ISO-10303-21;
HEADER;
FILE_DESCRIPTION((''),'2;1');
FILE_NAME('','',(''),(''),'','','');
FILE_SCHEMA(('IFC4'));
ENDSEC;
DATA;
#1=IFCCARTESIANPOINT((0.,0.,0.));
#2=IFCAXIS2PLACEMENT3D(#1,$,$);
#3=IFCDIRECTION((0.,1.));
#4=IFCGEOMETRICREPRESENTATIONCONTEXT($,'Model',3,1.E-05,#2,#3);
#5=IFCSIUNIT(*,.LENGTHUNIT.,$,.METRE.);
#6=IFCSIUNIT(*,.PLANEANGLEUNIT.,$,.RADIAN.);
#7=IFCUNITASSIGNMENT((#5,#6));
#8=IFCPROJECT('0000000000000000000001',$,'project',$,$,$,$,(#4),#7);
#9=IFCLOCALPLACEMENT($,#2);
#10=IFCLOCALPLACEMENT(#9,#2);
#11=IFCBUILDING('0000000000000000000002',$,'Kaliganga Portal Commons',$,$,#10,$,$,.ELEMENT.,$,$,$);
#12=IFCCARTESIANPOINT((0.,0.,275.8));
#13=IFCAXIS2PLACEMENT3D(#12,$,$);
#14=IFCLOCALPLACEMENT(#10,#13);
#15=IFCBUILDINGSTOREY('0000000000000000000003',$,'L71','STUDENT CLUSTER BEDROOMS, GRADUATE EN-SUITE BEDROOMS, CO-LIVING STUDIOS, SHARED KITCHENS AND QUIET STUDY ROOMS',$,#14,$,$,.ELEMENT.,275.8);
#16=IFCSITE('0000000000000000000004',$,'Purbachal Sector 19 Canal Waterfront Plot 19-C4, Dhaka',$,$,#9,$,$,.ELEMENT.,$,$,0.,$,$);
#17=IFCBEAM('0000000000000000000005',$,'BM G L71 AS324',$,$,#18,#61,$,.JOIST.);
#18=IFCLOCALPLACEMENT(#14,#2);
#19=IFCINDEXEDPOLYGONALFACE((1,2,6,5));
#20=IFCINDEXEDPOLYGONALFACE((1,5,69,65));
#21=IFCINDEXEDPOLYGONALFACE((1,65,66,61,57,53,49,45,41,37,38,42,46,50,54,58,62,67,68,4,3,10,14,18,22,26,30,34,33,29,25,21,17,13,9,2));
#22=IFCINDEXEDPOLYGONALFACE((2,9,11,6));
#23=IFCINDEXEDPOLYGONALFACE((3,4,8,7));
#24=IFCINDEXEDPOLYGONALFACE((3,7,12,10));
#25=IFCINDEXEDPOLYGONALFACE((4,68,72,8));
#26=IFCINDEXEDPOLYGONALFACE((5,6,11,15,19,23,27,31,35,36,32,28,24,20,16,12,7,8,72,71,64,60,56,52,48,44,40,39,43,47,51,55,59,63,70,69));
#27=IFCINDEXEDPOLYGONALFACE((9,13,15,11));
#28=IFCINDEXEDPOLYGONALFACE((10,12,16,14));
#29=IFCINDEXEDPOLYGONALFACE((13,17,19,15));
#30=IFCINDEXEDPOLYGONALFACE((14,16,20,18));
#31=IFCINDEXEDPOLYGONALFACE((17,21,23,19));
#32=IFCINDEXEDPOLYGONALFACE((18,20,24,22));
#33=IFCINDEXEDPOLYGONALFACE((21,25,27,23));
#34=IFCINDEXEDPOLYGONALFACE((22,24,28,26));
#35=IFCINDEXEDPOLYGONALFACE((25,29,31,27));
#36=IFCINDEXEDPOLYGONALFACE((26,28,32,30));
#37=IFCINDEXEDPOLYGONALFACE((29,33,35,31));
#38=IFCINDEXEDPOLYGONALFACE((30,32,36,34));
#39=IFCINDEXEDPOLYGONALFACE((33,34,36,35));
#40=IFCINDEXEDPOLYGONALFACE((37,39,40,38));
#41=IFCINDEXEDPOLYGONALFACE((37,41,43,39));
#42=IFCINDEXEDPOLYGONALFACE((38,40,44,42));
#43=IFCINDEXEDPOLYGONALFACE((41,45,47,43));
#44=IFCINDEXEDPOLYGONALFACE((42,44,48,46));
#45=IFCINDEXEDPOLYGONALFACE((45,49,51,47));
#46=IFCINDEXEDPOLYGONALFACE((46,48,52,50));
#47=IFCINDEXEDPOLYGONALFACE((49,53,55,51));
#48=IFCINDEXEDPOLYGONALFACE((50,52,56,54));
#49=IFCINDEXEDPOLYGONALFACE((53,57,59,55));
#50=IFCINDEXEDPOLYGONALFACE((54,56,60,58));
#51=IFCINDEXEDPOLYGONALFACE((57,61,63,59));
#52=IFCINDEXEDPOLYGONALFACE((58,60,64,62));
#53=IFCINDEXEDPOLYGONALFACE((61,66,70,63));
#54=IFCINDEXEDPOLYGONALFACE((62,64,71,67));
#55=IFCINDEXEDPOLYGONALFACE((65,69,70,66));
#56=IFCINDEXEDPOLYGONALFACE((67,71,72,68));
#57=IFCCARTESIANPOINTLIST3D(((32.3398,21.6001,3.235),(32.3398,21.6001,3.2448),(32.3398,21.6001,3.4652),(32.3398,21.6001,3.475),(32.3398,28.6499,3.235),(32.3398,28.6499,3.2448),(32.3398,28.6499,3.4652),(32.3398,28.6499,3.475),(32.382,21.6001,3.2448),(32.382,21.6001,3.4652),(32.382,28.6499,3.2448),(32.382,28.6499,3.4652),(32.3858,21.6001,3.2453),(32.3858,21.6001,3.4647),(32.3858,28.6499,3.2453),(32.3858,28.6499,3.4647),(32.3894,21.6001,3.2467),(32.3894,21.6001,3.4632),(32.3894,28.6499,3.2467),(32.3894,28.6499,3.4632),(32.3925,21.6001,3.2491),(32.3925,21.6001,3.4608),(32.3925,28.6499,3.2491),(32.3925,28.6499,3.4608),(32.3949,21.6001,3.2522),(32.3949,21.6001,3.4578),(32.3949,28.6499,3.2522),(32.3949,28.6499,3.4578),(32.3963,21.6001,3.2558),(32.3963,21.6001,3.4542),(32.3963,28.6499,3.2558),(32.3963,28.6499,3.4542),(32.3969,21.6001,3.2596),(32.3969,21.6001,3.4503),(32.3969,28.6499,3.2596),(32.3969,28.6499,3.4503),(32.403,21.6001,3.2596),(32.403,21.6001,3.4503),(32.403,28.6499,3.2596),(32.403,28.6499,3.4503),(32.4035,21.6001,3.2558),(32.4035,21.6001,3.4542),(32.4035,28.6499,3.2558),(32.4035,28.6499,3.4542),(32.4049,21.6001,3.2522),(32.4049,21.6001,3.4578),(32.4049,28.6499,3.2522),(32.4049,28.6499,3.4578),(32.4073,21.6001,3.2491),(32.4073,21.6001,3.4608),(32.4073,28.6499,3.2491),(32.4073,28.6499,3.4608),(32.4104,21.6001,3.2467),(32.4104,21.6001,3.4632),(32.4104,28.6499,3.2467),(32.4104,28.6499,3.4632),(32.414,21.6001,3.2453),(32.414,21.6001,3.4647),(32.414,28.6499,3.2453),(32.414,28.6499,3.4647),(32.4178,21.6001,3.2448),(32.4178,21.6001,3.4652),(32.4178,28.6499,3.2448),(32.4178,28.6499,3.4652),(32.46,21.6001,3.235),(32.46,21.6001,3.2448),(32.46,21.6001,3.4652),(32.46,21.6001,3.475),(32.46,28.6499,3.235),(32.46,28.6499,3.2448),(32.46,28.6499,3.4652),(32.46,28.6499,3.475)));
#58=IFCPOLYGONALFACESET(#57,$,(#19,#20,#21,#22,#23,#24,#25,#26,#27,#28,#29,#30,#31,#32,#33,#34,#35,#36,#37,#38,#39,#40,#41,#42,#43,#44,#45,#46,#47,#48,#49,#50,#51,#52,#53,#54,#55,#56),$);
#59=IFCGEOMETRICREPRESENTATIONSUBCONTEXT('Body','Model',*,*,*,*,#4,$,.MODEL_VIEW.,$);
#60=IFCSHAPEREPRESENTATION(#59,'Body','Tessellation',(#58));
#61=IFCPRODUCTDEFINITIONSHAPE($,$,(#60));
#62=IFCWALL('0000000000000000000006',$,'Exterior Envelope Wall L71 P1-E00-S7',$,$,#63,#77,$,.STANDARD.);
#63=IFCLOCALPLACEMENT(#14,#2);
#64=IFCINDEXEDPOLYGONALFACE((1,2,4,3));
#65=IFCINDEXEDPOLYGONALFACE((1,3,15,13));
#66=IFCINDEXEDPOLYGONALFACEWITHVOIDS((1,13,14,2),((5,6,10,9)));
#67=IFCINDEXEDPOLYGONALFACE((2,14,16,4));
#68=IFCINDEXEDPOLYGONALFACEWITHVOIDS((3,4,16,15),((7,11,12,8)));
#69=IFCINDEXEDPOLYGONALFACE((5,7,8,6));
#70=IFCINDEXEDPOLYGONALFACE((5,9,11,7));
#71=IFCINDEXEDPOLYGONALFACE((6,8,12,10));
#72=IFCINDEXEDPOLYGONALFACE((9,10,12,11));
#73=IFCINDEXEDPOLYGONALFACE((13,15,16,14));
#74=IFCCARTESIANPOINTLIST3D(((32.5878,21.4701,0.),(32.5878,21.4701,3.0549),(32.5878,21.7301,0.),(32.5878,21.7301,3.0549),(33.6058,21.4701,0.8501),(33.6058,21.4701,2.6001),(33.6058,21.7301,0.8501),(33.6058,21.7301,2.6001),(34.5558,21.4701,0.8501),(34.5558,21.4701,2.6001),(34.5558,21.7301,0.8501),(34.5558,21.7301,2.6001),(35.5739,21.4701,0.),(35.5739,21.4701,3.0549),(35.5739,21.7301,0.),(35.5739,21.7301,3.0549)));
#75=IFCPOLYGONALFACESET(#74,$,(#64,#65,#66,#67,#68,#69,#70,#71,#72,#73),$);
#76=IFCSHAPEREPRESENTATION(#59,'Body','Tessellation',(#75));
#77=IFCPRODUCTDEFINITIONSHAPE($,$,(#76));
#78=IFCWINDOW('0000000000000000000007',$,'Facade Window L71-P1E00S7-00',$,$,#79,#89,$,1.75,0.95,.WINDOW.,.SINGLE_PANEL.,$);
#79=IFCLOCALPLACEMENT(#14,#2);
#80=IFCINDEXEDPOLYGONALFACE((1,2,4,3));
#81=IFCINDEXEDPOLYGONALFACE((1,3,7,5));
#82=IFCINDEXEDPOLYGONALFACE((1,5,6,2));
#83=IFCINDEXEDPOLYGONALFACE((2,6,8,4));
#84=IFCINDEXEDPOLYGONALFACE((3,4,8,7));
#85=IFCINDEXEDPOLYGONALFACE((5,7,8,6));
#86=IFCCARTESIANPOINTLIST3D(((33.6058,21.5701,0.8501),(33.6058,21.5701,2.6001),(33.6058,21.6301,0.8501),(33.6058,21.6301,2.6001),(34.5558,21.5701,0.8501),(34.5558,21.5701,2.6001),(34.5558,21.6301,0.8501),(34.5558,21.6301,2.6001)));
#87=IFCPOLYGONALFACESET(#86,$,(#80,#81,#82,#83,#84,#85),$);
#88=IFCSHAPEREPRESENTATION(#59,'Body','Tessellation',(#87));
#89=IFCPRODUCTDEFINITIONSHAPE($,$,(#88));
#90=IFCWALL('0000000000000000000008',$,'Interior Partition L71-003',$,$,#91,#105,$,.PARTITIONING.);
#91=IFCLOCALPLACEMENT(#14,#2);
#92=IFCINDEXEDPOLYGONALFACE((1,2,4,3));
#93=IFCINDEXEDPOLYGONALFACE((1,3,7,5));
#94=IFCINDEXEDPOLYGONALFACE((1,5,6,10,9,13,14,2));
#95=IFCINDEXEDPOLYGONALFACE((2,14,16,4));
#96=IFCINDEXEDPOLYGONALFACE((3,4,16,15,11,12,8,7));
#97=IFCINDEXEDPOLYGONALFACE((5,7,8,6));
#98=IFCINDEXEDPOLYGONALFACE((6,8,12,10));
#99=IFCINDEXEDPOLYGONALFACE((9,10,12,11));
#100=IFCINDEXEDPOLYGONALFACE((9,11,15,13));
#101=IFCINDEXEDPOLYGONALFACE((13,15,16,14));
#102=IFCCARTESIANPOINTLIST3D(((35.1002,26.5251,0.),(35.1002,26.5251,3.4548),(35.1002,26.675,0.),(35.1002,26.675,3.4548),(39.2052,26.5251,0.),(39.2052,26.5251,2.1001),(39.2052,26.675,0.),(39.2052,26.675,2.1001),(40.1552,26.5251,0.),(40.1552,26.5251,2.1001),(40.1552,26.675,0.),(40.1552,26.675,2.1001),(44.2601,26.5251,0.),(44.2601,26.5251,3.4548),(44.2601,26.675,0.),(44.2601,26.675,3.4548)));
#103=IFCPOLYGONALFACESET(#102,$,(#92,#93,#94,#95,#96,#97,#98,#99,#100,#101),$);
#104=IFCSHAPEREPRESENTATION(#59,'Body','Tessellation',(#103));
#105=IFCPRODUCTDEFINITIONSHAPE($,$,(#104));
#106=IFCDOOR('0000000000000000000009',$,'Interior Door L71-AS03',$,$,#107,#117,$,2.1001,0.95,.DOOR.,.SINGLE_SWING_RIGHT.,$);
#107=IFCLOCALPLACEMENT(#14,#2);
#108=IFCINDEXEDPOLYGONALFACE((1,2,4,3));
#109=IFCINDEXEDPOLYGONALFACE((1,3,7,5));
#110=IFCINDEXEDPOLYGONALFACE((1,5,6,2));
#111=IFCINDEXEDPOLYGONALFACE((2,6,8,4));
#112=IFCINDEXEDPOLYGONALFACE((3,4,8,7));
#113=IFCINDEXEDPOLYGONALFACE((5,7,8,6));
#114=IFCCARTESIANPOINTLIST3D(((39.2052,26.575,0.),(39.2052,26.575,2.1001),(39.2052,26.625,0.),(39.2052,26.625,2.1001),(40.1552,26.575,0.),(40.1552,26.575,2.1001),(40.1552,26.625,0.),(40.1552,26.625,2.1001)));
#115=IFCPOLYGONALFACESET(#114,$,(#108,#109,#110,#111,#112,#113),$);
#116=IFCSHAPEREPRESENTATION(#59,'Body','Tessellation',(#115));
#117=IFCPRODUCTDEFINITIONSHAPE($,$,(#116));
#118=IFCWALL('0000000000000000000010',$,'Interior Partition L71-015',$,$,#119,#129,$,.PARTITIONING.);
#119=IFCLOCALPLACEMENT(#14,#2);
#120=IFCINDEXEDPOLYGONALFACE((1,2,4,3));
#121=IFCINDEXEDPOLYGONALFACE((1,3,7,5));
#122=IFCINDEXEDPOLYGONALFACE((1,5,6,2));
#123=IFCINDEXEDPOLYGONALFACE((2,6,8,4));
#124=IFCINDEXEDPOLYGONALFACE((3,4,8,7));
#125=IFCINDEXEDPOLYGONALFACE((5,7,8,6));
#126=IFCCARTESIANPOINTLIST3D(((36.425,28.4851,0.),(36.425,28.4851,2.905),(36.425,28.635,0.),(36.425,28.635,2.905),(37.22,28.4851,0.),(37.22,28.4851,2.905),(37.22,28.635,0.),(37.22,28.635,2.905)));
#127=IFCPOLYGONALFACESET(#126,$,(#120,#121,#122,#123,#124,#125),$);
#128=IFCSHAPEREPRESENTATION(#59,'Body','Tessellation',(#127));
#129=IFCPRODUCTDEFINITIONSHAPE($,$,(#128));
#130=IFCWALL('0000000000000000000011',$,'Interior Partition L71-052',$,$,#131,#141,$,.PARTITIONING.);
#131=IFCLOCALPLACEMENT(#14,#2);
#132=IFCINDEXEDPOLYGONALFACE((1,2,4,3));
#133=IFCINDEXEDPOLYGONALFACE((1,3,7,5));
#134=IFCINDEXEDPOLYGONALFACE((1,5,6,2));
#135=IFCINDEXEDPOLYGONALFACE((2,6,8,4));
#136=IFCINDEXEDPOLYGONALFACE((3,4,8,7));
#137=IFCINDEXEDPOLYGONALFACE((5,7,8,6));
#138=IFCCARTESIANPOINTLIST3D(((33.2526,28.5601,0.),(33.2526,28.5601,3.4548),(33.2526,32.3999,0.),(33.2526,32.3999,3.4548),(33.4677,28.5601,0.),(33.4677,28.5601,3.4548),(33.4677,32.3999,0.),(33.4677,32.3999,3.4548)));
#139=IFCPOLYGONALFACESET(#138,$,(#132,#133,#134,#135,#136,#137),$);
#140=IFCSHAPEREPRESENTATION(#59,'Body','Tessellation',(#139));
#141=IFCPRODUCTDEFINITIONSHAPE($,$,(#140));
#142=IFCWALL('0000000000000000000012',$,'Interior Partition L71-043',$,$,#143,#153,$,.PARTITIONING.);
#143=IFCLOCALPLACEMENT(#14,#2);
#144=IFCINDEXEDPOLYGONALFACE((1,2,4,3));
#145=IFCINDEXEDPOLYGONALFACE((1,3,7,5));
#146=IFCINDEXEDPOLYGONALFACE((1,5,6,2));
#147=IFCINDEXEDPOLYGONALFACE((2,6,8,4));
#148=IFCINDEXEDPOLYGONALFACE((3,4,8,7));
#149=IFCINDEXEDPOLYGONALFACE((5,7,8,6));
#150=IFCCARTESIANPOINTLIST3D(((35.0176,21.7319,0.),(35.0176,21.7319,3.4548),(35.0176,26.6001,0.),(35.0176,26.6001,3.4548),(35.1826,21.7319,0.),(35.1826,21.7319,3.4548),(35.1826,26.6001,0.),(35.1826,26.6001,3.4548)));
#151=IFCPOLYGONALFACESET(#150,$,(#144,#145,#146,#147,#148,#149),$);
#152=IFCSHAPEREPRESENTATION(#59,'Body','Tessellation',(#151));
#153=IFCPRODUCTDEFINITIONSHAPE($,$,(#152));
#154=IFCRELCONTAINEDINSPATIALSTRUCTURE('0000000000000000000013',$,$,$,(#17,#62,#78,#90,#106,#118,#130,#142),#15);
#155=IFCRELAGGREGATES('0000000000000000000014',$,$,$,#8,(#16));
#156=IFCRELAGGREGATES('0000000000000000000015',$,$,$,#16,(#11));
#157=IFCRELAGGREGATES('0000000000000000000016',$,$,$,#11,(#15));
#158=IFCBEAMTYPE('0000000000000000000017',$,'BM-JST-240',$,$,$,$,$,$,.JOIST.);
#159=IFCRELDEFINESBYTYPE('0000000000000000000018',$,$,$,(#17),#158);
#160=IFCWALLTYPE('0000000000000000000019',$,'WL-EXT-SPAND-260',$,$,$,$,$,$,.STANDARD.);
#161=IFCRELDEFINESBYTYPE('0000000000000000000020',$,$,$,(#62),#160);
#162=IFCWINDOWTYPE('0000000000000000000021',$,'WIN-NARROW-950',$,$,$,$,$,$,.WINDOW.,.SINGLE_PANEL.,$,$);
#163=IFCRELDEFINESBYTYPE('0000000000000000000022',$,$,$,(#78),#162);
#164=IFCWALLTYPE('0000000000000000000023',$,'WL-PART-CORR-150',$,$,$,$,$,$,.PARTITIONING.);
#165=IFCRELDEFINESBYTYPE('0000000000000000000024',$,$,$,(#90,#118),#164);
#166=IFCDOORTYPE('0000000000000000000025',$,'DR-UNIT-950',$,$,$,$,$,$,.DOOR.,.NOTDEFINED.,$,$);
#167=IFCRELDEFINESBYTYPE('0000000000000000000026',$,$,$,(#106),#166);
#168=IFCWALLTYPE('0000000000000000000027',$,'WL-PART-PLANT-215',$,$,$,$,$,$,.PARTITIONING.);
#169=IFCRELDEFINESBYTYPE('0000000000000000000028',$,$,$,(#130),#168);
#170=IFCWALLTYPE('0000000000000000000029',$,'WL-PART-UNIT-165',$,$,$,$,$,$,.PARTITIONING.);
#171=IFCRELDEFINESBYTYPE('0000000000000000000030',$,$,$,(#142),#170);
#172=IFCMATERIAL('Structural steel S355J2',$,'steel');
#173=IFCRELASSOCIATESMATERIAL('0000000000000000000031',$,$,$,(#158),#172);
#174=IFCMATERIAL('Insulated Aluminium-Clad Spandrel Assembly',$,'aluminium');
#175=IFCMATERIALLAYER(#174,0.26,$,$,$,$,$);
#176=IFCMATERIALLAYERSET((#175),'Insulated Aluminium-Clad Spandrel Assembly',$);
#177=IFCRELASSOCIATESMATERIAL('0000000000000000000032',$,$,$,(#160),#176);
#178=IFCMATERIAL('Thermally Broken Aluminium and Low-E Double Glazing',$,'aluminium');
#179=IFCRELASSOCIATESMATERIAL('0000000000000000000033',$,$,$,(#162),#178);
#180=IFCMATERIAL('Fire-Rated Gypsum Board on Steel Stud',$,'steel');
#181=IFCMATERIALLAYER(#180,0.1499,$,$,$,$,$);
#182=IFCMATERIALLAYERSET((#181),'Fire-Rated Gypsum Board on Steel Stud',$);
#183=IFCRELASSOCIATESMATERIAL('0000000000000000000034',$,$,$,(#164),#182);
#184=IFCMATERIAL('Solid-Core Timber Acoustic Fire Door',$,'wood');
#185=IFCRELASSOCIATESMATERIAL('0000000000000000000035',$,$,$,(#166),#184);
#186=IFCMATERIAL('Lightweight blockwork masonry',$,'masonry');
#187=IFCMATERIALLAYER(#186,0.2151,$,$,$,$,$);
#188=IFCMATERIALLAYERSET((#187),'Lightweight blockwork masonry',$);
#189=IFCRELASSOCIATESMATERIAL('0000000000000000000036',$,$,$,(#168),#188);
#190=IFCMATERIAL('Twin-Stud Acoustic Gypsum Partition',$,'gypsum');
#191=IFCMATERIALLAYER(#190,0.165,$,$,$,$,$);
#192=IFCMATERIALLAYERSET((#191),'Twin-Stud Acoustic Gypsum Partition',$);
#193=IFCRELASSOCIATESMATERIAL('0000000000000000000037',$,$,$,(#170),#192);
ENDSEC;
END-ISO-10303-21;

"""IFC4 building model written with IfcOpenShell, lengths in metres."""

from ifc_helpers import new_model, si_unit, direction, frame, frame_2d, origin, origin_2d, place, context, subcontext, project, spatial, rectangle, i_section, extrude, source, transform, mapped, material, layer, layer_set, material_profile, profile_set, type_object, element, fill, save


model = new_model("IFC4")

# Units and contexts
model_context = context("Model", 3, precision=1e-05, world=origin(), true_north=direction((0.0, 1.0)))
body_context = subcontext(model_context, "Body", "Model", "MODEL_VIEW")
ifc_project = project(units=[si_unit("LENGTHUNIT", "METRE"), si_unit("PLANEANGLEUNIT", "RADIAN")], contexts=[model_context])

# Site, building, storey
site_placement = place(None, origin())
site = spatial("IfcSite", under=ifc_project, at=site_placement, Name="Purbachal Sector 19 Canal Waterfront Plot 19-C4, Dhaka", CompositionType="ELEMENT", RefElevation=0.0)
building_placement = place(site_placement, origin())
building = spatial("IfcBuilding", under=site, at=building_placement, Name="Kaliganga Portal Commons", CompositionType="ELEMENT")
storey_placement = place(building_placement, frame((0.0, 0.0, 275.8)))
storey = spatial("IfcBuildingStorey", under=building, at=storey_placement, Name="L71", Description="STUDENT CLUSTER BEDROOMS, GRADUATE EN-SUITE BEDROOMS, CO-LIVING STUDIOS, SHARED KITCHENS AND QUIET STUDY ROOMS", CompositionType="ELEMENT", Elevation=275.8)

# Shared definitions
ifc_material_1 = material(Name="Structural steel S355J2", Category="steel")

# Beam
ifc_material_profile_1 = material_profile(ifc_material_1, i_section(OverallWidth=0.1201, OverallDepth=0.24, WebThickness=0.0061, FlangeThickness=0.0098, FilletRadius=0.0149, at=origin_2d()), Name="IPE 240")
ifc_profile_set_1 = profile_set([ifc_material_profile_1], Name="Structural steel S355J2 wide-flange")
beam_type_1 = type_object("IfcBeamType", Name="BM-JST-240", PredefinedType="JOIST", material=ifc_profile_set_1)
shared_shape_1 = source(origin(), body_context, "Body", "SweptSolid", [
    extrude(i_section(OverallWidth=0.1201, OverallDepth=0.24, WebThickness=0.0061, FlangeThickness=0.0098, FilletRadius=0.0149, at=origin_2d()), origin(), (0.0, 0.0, 1.0), 7.0498),
])
beam_1_placement = place(storey_placement, frame((32.3999, 21.6001, 3.355), z_axis=(0.0, 1.0, 0.0), x_axis=(-1.0, 0.0, 0.0)))
element("IfcBeam", 1, at=beam_1_placement, inside=storey, type_object=beam_type_1, Name="BM G L71 AS324", PredefinedType="JOIST", context=body_context, shape_type="MappedRepresentation", body=[
    mapped(shared_shape_1, transform((0.0, 0.0, 0.0), x_axis=(1.0, 0.0, 0.0), y_axis=(0.0, 1.0, 0.0), z_axis=(0.0, 0.0, 1.0), scale=1.0)),
])

# Wall, opening, window
ifc_material_2 = material(Name="Insulated Aluminium-Clad Spandrel Assembly", Category="aluminium")
ifc_layer_1 = layer(ifc_material_2, 0.26)
ifc_layer_set_1 = layer_set([ifc_layer_1], Name="Insulated Aluminium-Clad Spandrel Assembly")
wall_type_1 = type_object("IfcWallType", Name="WL-EXT-SPAND-260", PredefinedType="STANDARD", material=ifc_layer_set_1)
wall_1_placement = place(storey_placement, frame((35.574, 21.6001, 0.0), z_axis=(0.0, 0.0, 1.0), x_axis=(-1.0, 0.0, 0.0)))
wall_1 = element("IfcWall", 2, at=wall_1_placement, inside=storey, type_object=wall_type_1, Name="Exterior Envelope Wall L71 P1-E00-S7", PredefinedType="STANDARD", context=body_context, shape_type="SweptSolid", body=[
    extrude(rectangle(XDim=2.9861, YDim=0.26, at=frame_2d((1.4932, 0.0))), origin(), (0.0, 0.0, 1.0), 3.0549),
])
opening_1_placement = place(wall_1_placement, frame((1.0181, 0.0, 0.8501)))
opening_1 = element("IfcOpeningElement", 3, at=opening_1_placement, cuts=wall_1, PredefinedType="OPENING", context=body_context, shape_type="SweptSolid", body=[
    extrude(rectangle(XDim=0.95, YDim=1.75, at=frame_2d((0.4751, 0.875))), frame((0.0, 0.1401, 0.0), z_axis=(0.0, -1.0, 0.0), x_axis=(1.0, 0.0, 0.0)), (0.0, 0.0, 1.0), 0.28),
])
ifc_material_3 = material(Name="Thermally Broken Aluminium and Low-E Double Glazing", Category="aluminium")
window_type = type_object("IfcWindowType", Name="WIN-NARROW-950", PartitioningType="SINGLE_PANEL", PredefinedType="WINDOW", material=ifc_material_3)
window_placement = place(opening_1_placement, origin())
window = element("IfcWindow", 4, at=window_placement, inside=storey, type_object=window_type, Name="Facade Window L71-P1E00S7-00", OverallHeight=1.75, OverallWidth=0.95, PartitioningType="SINGLE_PANEL", PredefinedType="WINDOW", context=body_context, shape_type="SweptSolid", body=[
    extrude(rectangle(XDim=0.95, YDim=1.75, at=frame_2d((0.4751, 0.875))), frame((0.0, 0.03, 0.0), z_axis=(0.0, -1.0, 0.0), x_axis=(1.0, 0.0, 0.0)), (0.0, 0.0, 1.0), 0.0601),
])
fill(opening_1, window)

# Wall, opening, door
ifc_material_4 = material(Name="Fire-Rated Gypsum Board on Steel Stud", Category="steel")
ifc_layer_2 = layer(ifc_material_4, 0.1499)
ifc_layer_set_2 = layer_set([ifc_layer_2], Name="Fire-Rated Gypsum Board on Steel Stud")
wall_type_2 = type_object("IfcWallType", Name="WL-PART-CORR-150", PredefinedType="PARTITIONING", material=ifc_layer_set_2)
wall_2_placement = place(storey_placement, frame((35.1001, 26.6001, 0.0), z_axis=(0.0, 0.0, 1.0), x_axis=(1.0, 0.0, 0.0)))
wall_2 = element("IfcWall", 5, at=wall_2_placement, inside=storey, type_object=wall_type_2, Name="Interior Partition L71-003", PredefinedType="PARTITIONING", context=body_context, shape_type="SweptSolid", body=[
    extrude(rectangle(XDim=9.1599, YDim=0.1499, at=frame_2d((4.5801, 0.0))), origin(), (0.0, 0.0, 1.0), 3.4548),
])
opening_2_placement = place(wall_2_placement, frame((4.105, 0.0, 0.0)))
opening_2 = element("IfcOpeningElement", 6, at=opening_2_placement, cuts=wall_2, PredefinedType="OPENING", context=body_context, shape_type="SweptSolid", body=[
    extrude(rectangle(XDim=0.95, YDim=2.1001, at=frame_2d((0.4751, 1.05))), frame((0.0, 0.085, 0.0), z_axis=(0.0, -1.0, 0.0), x_axis=(1.0, 0.0, 0.0)), (0.0, 0.0, 1.0), 0.1699),
])
ifc_material_5 = material(Name="Solid-Core Timber Acoustic Fire Door", Category="wood")
door_type_1 = type_object("IfcDoorType", Name="DR-UNIT-950", OperationType="NOTDEFINED", PredefinedType="DOOR", material=ifc_material_5)
door_1_placement = place(opening_2_placement, origin())
door_1 = element("IfcDoor", 7, at=door_1_placement, inside=storey, type_object=door_type_1, Name="Interior Door L71-AS03", OperationType="SINGLE_SWING_RIGHT", OverallHeight=2.1001, OverallWidth=0.95, PredefinedType="DOOR", context=body_context, shape_type="SweptSolid", body=[
    extrude(rectangle(XDim=0.95, YDim=2.1001, at=frame_2d((0.4751, 1.05))), frame((0.0, 0.0249, 0.0), z_axis=(0.0, -1.0, 0.0), x_axis=(1.0, 0.0, 0.0)), (0.0, 0.0, 1.0), 0.05),
])
fill(opening_2, door_1)

# Walls
wall_3_placement = place(storey_placement, frame((36.425, 28.5601, 0.0), z_axis=(0.0, 0.0, 1.0), x_axis=(1.0, 0.0, 0.0)))
element("IfcWall", 8, at=wall_3_placement, inside=storey, type_object=wall_type_2, Name="Interior Partition L71-015", PredefinedType="PARTITIONING", context=body_context, shape_type="SweptSolid", body=[
    extrude(rectangle(XDim=0.7949, YDim=0.1499, at=frame_2d((0.3975, 0.0))), origin(), (0.0, 0.0, 1.0), 2.905),
])
ifc_material_6 = material(Name="Lightweight blockwork masonry", Category="masonry")
ifc_layer_3 = layer(ifc_material_6, 0.2151)
ifc_layer_set_3 = layer_set([ifc_layer_3], Name="Lightweight blockwork masonry")
wall_type_3 = type_object("IfcWallType", Name="WL-PART-PLANT-215", PredefinedType="PARTITIONING", material=ifc_layer_set_3)
wall_4_placement = place(storey_placement, frame((33.3601, 28.5601, 0.0), z_axis=(0.0, 0.0, 1.0), x_axis=(0.0, 1.0, 0.0)))
element("IfcWall", 9, at=wall_4_placement, inside=storey, type_object=wall_type_3, Name="Interior Partition L71-052", PredefinedType="PARTITIONING", context=body_context, shape_type="SweptSolid", body=[
    extrude(rectangle(XDim=3.8398, YDim=0.2151, at=frame_2d((1.9199, 0.0))), origin(), (0.0, 0.0, 1.0), 3.4548),
])
ifc_material_7 = material(Name="Twin-Stud Acoustic Gypsum Partition", Category="gypsum")
ifc_layer_4 = layer(ifc_material_7, 0.165)
ifc_layer_set_4 = layer_set([ifc_layer_4], Name="Twin-Stud Acoustic Gypsum Partition")
wall_type_4 = type_object("IfcWallType", Name="WL-PART-UNIT-165", PredefinedType="PARTITIONING", material=ifc_layer_set_4)
wall_5_placement = place(storey_placement, frame((35.1001, 21.7319, 0.0), z_axis=(0.0, 0.0, 1.0), x_axis=(0.0, 1.0, 0.0)))
element("IfcWall", 10, at=wall_5_placement, inside=storey, type_object=wall_type_4, Name="Interior Partition L71-043", PredefinedType="PARTITIONING", context=body_context, shape_type="SweptSolid", body=[
    extrude(rectangle(XDim=4.8682, YDim=0.165, at=frame_2d((2.4341, 0.0))), origin(), (0.0, 0.0, 1.0), 3.4548),
])

save(model, "model.ifc")
